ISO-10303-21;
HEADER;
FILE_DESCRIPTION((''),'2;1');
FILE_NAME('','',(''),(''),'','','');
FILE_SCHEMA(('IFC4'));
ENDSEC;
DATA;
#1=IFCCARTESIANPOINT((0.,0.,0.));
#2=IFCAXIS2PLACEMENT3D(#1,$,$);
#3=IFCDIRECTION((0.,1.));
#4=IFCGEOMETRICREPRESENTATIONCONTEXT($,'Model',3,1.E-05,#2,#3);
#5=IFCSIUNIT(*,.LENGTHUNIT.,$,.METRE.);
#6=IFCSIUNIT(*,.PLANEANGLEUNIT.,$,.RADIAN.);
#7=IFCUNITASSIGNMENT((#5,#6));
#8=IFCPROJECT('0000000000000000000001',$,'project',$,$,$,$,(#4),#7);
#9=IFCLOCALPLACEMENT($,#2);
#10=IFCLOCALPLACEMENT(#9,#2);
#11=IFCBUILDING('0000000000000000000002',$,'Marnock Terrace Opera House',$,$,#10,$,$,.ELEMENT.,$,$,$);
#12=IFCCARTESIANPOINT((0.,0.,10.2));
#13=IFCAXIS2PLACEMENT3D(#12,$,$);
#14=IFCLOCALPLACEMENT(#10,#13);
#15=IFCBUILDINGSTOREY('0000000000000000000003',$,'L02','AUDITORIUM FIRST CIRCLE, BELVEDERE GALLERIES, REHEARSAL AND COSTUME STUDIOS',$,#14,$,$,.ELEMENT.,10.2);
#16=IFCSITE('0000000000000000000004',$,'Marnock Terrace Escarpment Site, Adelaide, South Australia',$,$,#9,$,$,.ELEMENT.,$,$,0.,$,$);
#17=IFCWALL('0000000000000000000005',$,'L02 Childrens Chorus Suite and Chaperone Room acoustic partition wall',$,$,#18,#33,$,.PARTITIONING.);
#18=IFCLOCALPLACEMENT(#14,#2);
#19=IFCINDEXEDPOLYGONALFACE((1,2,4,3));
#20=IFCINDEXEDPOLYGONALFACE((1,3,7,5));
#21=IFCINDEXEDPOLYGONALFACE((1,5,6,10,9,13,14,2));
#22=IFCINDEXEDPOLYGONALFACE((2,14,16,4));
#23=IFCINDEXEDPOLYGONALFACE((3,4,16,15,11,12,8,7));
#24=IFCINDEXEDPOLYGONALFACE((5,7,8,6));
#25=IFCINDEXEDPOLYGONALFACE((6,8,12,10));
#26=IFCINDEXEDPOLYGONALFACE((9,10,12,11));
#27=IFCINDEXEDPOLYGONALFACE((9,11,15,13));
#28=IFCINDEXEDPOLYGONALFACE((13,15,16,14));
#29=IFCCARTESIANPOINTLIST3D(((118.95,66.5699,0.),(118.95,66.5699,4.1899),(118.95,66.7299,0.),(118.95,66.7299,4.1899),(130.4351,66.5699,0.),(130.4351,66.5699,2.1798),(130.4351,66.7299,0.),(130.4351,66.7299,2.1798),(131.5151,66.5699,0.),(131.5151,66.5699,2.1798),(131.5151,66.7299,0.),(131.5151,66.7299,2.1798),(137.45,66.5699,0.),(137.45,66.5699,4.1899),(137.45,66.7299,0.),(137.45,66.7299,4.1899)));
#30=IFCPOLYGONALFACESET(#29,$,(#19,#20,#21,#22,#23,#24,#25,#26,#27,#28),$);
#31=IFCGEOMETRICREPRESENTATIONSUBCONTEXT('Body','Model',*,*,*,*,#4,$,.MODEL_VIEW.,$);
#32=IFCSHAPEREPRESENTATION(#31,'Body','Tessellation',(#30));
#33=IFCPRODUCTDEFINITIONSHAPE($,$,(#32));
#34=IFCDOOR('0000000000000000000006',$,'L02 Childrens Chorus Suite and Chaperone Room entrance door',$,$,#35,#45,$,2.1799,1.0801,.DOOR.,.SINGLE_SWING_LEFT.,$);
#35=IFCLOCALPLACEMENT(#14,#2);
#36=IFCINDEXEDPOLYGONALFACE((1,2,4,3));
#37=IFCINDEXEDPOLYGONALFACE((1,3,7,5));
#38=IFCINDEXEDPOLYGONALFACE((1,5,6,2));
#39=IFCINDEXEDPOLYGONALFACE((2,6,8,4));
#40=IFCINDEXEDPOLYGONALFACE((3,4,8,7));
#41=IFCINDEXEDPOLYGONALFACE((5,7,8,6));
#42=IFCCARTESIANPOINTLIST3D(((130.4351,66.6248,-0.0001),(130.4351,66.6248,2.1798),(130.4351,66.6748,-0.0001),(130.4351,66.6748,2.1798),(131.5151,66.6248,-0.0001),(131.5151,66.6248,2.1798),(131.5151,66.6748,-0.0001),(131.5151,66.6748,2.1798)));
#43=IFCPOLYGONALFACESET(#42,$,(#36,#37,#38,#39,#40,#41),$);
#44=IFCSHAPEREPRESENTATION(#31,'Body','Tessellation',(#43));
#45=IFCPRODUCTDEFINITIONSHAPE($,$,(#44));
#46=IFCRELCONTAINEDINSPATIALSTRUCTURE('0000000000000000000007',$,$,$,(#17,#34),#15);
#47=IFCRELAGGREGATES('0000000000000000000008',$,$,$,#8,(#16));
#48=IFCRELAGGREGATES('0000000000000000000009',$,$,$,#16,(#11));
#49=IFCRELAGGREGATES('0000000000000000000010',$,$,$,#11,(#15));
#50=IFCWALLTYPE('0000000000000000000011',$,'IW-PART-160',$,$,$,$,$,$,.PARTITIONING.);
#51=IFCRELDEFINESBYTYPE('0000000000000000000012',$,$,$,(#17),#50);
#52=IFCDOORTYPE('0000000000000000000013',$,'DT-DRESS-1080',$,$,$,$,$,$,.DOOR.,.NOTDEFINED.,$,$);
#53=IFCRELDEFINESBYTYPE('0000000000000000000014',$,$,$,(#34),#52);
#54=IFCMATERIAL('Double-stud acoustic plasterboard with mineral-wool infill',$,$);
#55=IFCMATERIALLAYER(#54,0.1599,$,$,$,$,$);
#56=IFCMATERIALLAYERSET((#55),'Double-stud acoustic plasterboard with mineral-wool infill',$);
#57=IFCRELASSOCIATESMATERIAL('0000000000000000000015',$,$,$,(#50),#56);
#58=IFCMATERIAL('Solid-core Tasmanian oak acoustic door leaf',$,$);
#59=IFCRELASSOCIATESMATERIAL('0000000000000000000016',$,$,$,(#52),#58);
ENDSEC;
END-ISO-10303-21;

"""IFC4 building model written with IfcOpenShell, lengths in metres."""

from ifc_helpers import new_model, si_unit, direction, frame, frame_2d, origin, place, context, subcontext, project, spatial, rectangle, extrude, material, layer, layer_set, type_object, element, fill, save


model = new_model("IFC4")

# Units and contexts
model_context = context("Model", 3, precision=1e-05, world=origin(), true_north=direction((0.0, 1.0)))
body_context = subcontext(model_context, "Body", "Model", "MODEL_VIEW")
ifc_project = project(units=[si_unit("LENGTHUNIT", "METRE"), si_unit("PLANEANGLEUNIT", "RADIAN")], contexts=[model_context])

# Site, building, storey
site_placement = place(None, origin())
site = spatial("IfcSite", under=ifc_project, at=site_placement, Name="Marnock Terrace Escarpment Site, Adelaide, South Australia", CompositionType="ELEMENT", RefElevation=0.0)
building_placement = place(site_placement, origin())
building = spatial("IfcBuilding", under=site, at=building_placement, Name="Marnock Terrace Opera House", CompositionType="ELEMENT")
storey_placement = place(building_placement, frame((0.0, 0.0, 10.2)))
storey = spatial("IfcBuildingStorey", under=building, at=storey_placement, Name="L02", Description="AUDITORIUM FIRST CIRCLE, BELVEDERE GALLERIES, REHEARSAL AND COSTUME STUDIOS", CompositionType="ELEMENT", Elevation=10.2)

# Wall, opening, door
ifc_material_1 = material(Name="Double-stud acoustic plasterboard with mineral-wool infill")
ifc_layer = layer(ifc_material_1, 0.1599)
ifc_layer_set = layer_set([ifc_layer], Name="Double-stud acoustic plasterboard with mineral-wool infill")
wall_type = type_object("IfcWallType", Name="IW-PART-160", PredefinedType="PARTITIONING", material=ifc_layer_set)
wall_placement = place(storey_placement, frame((118.95, 66.6499, 0.0), z_axis=(0.0, 0.0, 1.0), x_axis=(1.0, 0.0, 0.0)))
wall = element("IfcWall", 1, at=wall_placement, inside=storey, type_object=wall_type, Name="L02 Childrens Chorus Suite and Chaperone Room acoustic partition wall", PredefinedType="PARTITIONING", context=body_context, shape_type="SweptSolid", body=[
    extrude(rectangle(XDim=18.5, YDim=0.1599, at=frame_2d((9.25, 0.0))), origin(), (0.0, 0.0, 1.0), 4.1899),
])
opening_placement = place(wall_placement, frame((11.4851, 0.0, 0.0)))
opening = element("IfcOpeningElement", 2, at=opening_placement, cuts=wall, PredefinedType="OPENING", context=body_context, shape_type="SweptSolid", body=[
    extrude(rectangle(XDim=1.0801, YDim=2.1799, at=frame_2d((0.54, 1.0898))), frame((0.0, 0.0898, 0.0), z_axis=(0.0, -1.0, 0.0), x_axis=(1.0, 0.0, 0.0)), (0.0, 0.0, 1.0), 0.1799),
])
ifc_material_2 = material(Name="Solid-core Tasmanian oak acoustic door leaf")
door_type = type_object("IfcDoorType", Name="DT-DRESS-1080", OperationType="NOTDEFINED", PredefinedType="DOOR", material=ifc_material_2)
door_placement = place(opening_placement, origin())
door = element("IfcDoor", 3, at=door_placement, inside=storey, type_object=door_type, Name="L02 Childrens Chorus Suite and Chaperone Room entrance door", OperationType="SINGLE_SWING_LEFT", OverallHeight=2.1799, OverallWidth=1.0801, PredefinedType="DOOR", context=body_context, shape_type="SweptSolid", body=[
    extrude(rectangle(XDim=1.0801, YDim=2.1799, at=frame_2d((0.54, 1.0898))), frame((0.0, 0.0249, 0.0), z_axis=(0.0, -1.0, 0.0), x_axis=(1.0, 0.0, 0.0)), (0.0, 0.0, 1.0), 0.05),
])
fill(opening, door)

save(model, "model.ifc")
